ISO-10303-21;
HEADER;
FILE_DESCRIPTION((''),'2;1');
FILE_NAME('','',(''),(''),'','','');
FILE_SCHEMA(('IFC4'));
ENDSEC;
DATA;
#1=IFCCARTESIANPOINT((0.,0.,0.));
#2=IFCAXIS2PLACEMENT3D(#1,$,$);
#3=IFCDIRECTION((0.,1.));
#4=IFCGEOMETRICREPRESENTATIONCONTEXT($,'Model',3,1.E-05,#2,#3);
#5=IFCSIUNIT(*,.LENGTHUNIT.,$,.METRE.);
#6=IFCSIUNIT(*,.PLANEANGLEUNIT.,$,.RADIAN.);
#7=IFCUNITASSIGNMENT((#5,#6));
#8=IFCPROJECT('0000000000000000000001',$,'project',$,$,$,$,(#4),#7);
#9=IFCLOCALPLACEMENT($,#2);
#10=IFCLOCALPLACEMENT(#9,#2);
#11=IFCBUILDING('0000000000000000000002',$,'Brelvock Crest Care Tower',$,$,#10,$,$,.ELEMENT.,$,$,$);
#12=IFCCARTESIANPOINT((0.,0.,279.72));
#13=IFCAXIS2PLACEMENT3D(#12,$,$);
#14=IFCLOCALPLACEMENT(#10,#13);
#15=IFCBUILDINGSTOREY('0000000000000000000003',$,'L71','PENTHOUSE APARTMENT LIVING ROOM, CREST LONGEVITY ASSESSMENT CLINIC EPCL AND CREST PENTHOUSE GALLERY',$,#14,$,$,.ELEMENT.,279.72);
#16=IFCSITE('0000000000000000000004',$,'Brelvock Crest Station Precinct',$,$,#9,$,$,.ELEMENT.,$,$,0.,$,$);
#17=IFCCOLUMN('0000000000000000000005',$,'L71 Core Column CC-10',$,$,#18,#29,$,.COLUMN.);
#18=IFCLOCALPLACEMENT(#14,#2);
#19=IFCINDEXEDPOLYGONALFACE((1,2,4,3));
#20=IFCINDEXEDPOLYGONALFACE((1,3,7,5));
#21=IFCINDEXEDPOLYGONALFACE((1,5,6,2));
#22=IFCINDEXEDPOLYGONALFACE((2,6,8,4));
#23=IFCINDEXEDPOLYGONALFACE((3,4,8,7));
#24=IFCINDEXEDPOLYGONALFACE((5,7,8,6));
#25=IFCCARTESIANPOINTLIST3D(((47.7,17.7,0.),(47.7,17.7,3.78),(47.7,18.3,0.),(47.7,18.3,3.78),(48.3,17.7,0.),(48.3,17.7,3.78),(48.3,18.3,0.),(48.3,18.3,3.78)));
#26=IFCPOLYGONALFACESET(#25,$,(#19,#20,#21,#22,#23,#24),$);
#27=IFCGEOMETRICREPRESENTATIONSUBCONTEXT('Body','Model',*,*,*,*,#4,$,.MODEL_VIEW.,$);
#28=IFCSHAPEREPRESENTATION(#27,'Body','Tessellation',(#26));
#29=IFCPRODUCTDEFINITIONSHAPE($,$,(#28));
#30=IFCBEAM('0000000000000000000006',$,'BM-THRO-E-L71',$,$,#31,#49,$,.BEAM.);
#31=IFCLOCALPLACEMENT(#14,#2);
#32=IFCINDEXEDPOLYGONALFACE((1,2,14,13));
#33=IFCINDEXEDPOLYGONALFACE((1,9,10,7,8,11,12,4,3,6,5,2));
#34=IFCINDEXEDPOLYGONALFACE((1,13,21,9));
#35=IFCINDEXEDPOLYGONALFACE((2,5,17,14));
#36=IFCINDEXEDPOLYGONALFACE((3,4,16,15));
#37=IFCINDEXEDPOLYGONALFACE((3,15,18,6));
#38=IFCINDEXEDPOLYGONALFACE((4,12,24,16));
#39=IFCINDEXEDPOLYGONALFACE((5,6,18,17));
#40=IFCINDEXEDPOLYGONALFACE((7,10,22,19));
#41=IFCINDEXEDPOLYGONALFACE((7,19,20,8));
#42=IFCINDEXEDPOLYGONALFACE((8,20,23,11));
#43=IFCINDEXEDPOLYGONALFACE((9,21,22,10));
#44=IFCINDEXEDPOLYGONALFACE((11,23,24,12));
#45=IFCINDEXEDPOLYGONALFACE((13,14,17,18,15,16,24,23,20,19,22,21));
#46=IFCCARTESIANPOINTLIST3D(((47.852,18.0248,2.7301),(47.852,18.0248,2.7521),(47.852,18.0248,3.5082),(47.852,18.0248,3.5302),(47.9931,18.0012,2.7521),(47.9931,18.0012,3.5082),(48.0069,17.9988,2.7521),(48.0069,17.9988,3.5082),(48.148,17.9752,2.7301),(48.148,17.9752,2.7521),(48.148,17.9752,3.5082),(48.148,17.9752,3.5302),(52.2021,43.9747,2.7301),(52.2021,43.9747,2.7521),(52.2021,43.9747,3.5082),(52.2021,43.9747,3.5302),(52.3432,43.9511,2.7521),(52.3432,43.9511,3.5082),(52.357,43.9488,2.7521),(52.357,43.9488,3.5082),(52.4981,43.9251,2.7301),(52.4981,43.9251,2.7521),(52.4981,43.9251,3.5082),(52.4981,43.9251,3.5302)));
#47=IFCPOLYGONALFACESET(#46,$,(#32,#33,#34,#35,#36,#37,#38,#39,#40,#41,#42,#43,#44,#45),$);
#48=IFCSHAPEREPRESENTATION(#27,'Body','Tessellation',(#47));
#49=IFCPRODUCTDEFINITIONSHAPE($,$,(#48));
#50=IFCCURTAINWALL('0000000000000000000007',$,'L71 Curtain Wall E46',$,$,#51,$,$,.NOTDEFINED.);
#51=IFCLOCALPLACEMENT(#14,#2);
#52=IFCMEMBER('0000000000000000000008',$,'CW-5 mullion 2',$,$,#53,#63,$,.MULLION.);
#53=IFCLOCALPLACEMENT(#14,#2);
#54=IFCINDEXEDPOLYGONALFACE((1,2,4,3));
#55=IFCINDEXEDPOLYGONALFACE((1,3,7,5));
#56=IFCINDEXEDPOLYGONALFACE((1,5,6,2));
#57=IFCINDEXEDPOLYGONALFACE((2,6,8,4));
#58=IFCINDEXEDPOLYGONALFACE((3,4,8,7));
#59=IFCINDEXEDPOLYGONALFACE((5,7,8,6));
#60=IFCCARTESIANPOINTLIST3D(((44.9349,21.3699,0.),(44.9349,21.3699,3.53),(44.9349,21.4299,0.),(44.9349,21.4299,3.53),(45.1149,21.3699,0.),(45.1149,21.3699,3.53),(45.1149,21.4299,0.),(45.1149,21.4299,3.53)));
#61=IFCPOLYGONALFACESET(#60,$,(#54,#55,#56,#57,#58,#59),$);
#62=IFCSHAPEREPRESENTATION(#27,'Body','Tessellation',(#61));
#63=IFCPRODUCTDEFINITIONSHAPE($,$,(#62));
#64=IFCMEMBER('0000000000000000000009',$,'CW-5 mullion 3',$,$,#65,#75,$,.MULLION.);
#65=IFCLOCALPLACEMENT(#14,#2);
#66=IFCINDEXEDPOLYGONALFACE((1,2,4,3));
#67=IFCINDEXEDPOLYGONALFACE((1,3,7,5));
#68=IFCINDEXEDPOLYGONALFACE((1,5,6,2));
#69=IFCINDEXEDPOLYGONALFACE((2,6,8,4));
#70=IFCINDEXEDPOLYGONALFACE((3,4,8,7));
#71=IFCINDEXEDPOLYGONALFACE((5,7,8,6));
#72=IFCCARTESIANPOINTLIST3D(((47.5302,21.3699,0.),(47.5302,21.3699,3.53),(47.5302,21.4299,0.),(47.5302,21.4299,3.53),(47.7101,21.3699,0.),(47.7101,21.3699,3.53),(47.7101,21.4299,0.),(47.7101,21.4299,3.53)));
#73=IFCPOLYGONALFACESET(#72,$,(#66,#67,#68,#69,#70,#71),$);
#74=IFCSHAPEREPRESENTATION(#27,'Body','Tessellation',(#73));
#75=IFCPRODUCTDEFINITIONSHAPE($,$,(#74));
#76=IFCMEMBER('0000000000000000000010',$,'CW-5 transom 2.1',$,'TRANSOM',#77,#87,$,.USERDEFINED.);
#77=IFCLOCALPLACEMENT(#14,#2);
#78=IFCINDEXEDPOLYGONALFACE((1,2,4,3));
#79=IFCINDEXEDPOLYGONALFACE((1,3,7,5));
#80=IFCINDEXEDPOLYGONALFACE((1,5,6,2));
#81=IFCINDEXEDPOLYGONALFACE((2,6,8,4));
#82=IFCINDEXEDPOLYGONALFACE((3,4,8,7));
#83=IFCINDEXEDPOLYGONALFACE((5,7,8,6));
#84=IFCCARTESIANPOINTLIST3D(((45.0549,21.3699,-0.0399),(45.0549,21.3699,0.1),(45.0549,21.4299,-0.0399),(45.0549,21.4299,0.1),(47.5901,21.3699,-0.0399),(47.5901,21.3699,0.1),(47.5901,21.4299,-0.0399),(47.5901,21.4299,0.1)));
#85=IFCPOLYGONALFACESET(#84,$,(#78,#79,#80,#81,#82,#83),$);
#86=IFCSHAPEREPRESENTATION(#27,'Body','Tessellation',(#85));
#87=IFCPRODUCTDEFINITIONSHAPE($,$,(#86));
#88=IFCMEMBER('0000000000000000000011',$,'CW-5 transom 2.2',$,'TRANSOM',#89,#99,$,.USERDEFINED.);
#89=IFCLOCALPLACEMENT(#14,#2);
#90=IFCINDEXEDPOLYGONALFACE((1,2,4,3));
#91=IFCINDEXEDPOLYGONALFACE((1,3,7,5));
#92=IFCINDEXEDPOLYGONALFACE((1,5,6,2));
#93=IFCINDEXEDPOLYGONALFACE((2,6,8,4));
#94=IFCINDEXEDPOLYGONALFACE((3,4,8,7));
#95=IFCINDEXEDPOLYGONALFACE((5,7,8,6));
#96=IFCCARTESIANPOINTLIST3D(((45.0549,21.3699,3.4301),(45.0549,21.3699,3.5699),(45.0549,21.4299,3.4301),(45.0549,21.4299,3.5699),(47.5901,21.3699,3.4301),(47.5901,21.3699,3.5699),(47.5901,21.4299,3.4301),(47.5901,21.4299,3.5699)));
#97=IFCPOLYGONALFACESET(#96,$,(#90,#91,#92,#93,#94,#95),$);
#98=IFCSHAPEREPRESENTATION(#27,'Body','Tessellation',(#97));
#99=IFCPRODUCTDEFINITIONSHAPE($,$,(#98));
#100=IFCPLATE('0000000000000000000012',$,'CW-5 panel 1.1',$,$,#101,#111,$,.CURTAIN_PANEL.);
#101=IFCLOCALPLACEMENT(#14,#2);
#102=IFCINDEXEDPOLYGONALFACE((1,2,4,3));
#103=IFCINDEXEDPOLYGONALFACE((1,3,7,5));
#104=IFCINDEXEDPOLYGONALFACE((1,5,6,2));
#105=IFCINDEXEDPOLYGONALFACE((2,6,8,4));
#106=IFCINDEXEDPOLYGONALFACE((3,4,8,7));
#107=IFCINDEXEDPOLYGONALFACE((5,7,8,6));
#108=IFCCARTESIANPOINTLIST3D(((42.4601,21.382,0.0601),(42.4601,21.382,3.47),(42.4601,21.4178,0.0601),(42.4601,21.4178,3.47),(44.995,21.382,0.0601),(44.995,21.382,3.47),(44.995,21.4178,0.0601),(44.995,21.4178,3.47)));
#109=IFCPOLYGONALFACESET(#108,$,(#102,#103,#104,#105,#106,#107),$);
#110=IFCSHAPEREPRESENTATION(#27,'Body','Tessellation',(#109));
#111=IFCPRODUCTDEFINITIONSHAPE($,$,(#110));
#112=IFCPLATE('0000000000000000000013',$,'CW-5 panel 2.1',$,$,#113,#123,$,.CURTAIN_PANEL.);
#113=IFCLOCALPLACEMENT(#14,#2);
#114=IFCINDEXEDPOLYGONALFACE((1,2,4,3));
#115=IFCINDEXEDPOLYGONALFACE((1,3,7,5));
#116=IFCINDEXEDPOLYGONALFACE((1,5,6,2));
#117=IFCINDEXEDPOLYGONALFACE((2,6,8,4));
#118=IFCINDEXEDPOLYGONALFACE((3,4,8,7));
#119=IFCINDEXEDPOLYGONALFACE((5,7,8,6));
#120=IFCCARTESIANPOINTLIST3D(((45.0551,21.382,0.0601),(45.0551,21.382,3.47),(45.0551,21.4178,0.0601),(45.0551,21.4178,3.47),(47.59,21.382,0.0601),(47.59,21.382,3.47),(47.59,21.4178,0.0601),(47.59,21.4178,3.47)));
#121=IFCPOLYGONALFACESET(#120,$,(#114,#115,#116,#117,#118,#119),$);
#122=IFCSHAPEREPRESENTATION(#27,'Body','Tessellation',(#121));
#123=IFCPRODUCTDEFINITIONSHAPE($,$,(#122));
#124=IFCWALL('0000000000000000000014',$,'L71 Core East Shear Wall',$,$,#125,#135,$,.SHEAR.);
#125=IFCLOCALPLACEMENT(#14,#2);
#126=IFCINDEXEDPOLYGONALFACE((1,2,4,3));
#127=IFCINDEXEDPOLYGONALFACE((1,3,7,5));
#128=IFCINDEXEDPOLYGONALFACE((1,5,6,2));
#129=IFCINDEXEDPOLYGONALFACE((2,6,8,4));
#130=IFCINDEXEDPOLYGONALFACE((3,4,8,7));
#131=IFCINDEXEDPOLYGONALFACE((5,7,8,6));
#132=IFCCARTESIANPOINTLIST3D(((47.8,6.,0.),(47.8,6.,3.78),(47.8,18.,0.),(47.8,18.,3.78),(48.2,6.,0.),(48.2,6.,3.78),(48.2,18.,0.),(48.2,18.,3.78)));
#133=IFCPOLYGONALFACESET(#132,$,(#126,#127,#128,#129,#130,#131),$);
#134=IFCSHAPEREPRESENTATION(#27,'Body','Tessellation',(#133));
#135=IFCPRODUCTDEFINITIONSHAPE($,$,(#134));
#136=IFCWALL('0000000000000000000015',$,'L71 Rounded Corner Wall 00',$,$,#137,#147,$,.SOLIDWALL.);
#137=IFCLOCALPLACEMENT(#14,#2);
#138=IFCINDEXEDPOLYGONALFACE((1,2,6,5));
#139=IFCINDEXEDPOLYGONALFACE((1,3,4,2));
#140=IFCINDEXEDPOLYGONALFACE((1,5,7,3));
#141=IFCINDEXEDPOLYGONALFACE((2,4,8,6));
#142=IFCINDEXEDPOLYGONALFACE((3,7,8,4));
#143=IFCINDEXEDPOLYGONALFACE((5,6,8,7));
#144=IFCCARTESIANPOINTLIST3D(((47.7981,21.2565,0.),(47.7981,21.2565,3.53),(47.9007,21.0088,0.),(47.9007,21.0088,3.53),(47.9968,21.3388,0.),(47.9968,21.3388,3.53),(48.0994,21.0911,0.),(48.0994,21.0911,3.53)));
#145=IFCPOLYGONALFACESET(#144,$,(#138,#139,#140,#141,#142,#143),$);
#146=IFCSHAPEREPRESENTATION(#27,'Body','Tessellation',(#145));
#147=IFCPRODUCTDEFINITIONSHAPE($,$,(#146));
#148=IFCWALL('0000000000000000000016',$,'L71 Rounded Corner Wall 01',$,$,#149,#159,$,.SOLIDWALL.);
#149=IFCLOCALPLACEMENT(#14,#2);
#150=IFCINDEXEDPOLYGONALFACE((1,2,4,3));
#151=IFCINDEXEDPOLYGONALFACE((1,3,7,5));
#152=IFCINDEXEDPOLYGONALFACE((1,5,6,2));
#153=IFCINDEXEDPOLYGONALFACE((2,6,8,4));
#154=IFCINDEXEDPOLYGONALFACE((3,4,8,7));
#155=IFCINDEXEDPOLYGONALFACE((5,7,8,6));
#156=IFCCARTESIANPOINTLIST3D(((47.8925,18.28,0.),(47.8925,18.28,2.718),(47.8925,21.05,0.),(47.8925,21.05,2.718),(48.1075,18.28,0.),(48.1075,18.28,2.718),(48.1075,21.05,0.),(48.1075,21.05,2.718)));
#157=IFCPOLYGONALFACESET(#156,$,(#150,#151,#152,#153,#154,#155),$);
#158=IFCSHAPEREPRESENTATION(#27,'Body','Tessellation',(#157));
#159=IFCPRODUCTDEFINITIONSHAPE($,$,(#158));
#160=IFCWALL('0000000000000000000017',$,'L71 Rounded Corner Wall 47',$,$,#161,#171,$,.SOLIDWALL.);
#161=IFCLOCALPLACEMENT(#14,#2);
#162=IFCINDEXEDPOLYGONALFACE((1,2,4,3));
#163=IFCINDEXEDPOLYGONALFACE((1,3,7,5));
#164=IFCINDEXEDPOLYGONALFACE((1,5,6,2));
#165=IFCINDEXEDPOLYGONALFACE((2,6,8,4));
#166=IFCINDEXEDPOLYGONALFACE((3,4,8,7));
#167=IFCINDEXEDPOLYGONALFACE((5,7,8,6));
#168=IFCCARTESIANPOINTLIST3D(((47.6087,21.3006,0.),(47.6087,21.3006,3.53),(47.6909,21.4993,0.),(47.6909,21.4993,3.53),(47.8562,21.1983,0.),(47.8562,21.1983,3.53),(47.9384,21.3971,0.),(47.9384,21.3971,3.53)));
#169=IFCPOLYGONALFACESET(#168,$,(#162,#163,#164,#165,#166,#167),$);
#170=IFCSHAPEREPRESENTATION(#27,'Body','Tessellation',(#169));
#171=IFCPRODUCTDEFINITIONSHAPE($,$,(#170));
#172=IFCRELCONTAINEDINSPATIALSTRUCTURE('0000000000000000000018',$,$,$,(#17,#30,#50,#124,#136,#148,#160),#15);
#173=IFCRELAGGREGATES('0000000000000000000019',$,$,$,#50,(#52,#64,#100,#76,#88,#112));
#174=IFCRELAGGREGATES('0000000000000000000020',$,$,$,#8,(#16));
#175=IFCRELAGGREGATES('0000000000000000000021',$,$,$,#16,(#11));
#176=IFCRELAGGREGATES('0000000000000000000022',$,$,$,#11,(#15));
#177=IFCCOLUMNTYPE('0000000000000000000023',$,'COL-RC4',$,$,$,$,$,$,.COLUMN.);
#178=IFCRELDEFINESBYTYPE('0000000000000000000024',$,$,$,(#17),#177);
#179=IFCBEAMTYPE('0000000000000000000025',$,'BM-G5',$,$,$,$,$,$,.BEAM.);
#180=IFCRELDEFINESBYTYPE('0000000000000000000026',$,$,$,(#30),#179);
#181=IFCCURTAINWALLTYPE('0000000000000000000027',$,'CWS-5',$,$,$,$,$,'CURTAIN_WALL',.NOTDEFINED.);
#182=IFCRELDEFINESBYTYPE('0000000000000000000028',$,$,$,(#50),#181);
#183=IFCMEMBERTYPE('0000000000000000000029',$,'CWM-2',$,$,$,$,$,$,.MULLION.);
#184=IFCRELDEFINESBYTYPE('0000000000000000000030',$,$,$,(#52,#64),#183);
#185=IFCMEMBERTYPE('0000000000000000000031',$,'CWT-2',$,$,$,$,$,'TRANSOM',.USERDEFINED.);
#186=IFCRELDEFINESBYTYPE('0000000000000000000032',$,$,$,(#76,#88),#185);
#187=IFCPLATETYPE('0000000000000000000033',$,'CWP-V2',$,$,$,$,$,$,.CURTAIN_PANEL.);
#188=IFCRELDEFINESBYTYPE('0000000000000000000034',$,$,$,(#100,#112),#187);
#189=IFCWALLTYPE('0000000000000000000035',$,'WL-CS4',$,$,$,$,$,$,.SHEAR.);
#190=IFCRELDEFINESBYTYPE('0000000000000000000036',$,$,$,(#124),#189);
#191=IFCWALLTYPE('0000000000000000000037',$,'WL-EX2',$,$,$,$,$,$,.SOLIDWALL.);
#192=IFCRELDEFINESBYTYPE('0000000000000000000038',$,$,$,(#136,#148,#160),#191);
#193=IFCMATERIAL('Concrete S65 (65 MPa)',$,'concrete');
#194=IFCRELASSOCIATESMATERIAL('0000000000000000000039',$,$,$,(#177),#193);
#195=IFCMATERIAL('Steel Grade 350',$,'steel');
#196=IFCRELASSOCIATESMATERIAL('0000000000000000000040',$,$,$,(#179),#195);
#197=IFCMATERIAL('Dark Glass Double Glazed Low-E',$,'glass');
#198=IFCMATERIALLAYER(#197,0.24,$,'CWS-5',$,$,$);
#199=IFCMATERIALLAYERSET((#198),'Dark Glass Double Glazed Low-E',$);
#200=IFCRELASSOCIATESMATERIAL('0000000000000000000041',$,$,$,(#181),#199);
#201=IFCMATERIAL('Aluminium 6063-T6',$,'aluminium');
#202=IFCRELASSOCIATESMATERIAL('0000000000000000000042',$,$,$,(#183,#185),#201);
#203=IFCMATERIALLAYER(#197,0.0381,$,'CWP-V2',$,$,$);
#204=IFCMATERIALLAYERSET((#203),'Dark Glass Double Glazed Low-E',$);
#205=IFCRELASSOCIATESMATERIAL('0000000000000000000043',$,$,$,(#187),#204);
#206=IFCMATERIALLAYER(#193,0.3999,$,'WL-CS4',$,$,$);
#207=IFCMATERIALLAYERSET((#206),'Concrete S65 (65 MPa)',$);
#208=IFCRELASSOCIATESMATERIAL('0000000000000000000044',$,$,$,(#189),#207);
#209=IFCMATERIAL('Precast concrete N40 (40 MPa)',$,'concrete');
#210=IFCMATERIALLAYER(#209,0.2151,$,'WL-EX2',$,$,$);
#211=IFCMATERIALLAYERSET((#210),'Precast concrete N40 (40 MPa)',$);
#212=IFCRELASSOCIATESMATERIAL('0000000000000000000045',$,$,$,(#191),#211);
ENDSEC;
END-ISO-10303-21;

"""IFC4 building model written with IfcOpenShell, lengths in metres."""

from ifc_helpers import new_model, si_unit, direction, frame, frame_2d, origin, origin_2d, place, context, subcontext, project, spatial, rectangle, i_section, extrude, source, transform, mapped, material, layer, layer_set, material_profile, profile_set, type_object, element, aggregate, save


model = new_model("IFC4")

# Units and contexts
model_context = context("Model", 3, precision=1e-05, world=origin(), true_north=direction((0.0, 1.0)))
body_context = subcontext(model_context, "Body", "Model", "MODEL_VIEW")
ifc_project = project(units=[si_unit("LENGTHUNIT", "METRE"), si_unit("PLANEANGLEUNIT", "RADIAN")], contexts=[model_context])

# Site, building, storey
site_placement = place(None, origin())
site = spatial("IfcSite", under=ifc_project, at=site_placement, Name="Brelvock Crest Station Precinct", CompositionType="ELEMENT", RefElevation=0.0)
building_placement = place(site_placement, origin())
building = spatial("IfcBuilding", under=site, at=building_placement, Name="Brelvock Crest Care Tower", CompositionType="ELEMENT")
storey_placement = place(building_placement, frame((0.0, 0.0, 279.72)))
storey = spatial("IfcBuildingStorey", under=building, at=storey_placement, Name="L71", Description="PENTHOUSE APARTMENT LIVING ROOM, CREST LONGEVITY ASSESSMENT CLINIC EPCL AND CREST PENTHOUSE GALLERY", CompositionType="ELEMENT", Elevation=279.72)

# Column
ifc_material_1 = material(Name="Concrete S65 (65 MPa)", Category="concrete")
ifc_material_profile_1 = material_profile(ifc_material_1, rectangle(XDim=0.6001, YDim=0.6001, at=origin_2d()), Name="RC600x600")
ifc_profile_set_1 = profile_set([ifc_material_profile_1], Name="Concrete S65 (65 MPa)")
column_type = type_object("IfcColumnType", Name="COL-RC4", PredefinedType="COLUMN", material=ifc_profile_set_1)
shared_shape_1 = source(origin(), body_context, "Body", "SweptSolid", [
    extrude(rectangle(XDim=0.6001, YDim=0.6001, at=origin_2d()), origin(), (0.0, 0.0, 1.0), 3.78),
])
column_placement = place(storey_placement, frame((48.0, 18.0, 0.0), z_axis=(0.0, 0.0, 1.0), x_axis=(1.0, 0.0, 0.0)))
element("IfcColumn", 1, at=column_placement, inside=storey, type_object=column_type, Name="L71 Core Column CC-10", PredefinedType="COLUMN", context=body_context, shape_type="MappedRepresentation", body=[
    mapped(shared_shape_1, transform((0.0, 0.0, 0.0), x_axis=(1.0, 0.0, 0.0), y_axis=(0.0, 1.0, 0.0), z_axis=(0.0, 0.0, 1.0), scale=1.0)),
])

# Beam
ifc_material_2 = material(Name="Steel Grade 350", Category="steel")
ifc_material_profile_2 = material_profile(ifc_material_2, i_section(OverallWidth=0.3, OverallDepth=0.8, WebThickness=0.0139, FlangeThickness=0.022, at=origin_2d()), Name="800WB192")
ifc_profile_set_2 = profile_set([ifc_material_profile_2], Name="Steel Grade 350")
beam_type = type_object("IfcBeamType", Name="BM-G5", PredefinedType="BEAM", material=ifc_profile_set_2)
shared_shape_2 = source(origin(), body_context, "Body", "SweptSolid", [
    extrude(i_section(OverallWidth=0.3, OverallDepth=0.8, WebThickness=0.0139, FlangeThickness=0.022, at=origin_2d()), origin(), (0.0, 0.0, 1.0), 26.312),
])
beam_placement = place(storey_placement, frame((48.0, 18.0, 3.1301), z_axis=(0.165327, 0.986239, 0.0), x_axis=(-0.986239, 0.165327, 0.0)))
element("IfcBeam", 2, at=beam_placement, inside=storey, type_object=beam_type, Name="BM-THRO-E-L71", PredefinedType="BEAM", context=body_context, shape_type="MappedRepresentation", body=[
    mapped(shared_shape_2, transform((0.0, 0.0, 0.0), x_axis=(1.0, 0.0, 0.0), y_axis=(0.0, 1.0, 0.0), z_axis=(0.0, 0.0, 1.0), scale=1.0)),
])

# Curtain wall, members, plates
ifc_material_3 = material(Name="Dark Glass Double Glazed Low-E", Category="glass")
ifc_layer_1 = layer(ifc_material_3, 0.24, Name="CWS-5")
ifc_layer_set_1 = layer_set([ifc_layer_1], Name="Dark Glass Double Glazed Low-E")
curtain_wall_type = type_object("IfcCurtainWallType", Name="CWS-5", ElementType="CURTAIN_WALL", PredefinedType="NOTDEFINED", material=ifc_layer_set_1)
curtain_wall_placement = place(storey_placement, origin())
curtain_wall = element("IfcCurtainWall", 3, at=curtain_wall_placement, inside=storey, type_object=curtain_wall_type, Name="L71 Curtain Wall E46", PredefinedType="NOTDEFINED")
ifc_material_4 = material(Name="Aluminium 6063-T6", Category="aluminium")
ifc_material_profile_3 = material_profile(ifc_material_4, rectangle(XDim=0.0601, YDim=0.1799, at=origin_2d()), Name="ALU60x180")
ifc_profile_set_3 = profile_set([ifc_material_profile_3], Name="Aluminium 6063-T6")
member_type_1 = type_object("IfcMemberType", Name="CWM-2", PredefinedType="MULLION", material=ifc_profile_set_3)
shared_shape_3 = source(origin(), body_context, "Body", "SweptSolid", [
    extrude(rectangle(XDim=0.0601, YDim=0.1799, at=origin_2d()), origin(), (0.0, 0.0, 1.0), 3.53),
])
member_1_placement = place(storey_placement, frame((45.0249, 21.3999, 0.0), z_axis=(0.0, 0.0, 1.0), x_axis=(0.0, 1.0, 0.0)))
member_1 = element("IfcMember", 4, at=member_1_placement, type_object=member_type_1, Name="CW-5 mullion 2", PredefinedType="MULLION", context=body_context, shape_type="MappedRepresentation", body=[
    mapped(shared_shape_3, transform((0.0, 0.0, 0.0), x_axis=(1.0, 0.0, 0.0), y_axis=(0.0, 1.0, 0.0), z_axis=(0.0, 0.0, 1.0), scale=1.0)),
])
member_2_placement = place(storey_placement, frame((47.6201, 21.3999, 0.0), z_axis=(0.0, 0.0, 1.0), x_axis=(0.0, 1.0, 0.0)))
member_2 = element("IfcMember", 5, at=member_2_placement, type_object=member_type_1, Name="CW-5 mullion 3", PredefinedType="MULLION", context=body_context, shape_type="MappedRepresentation", body=[
    mapped(shared_shape_3, transform((0.0, 0.0, 0.0), x_axis=(1.0, 0.0, 0.0), y_axis=(0.0, 1.0, 0.0), z_axis=(0.0, 0.0, 1.0), scale=1.0)),
])
ifc_material_profile_4 = material_profile(ifc_material_4, rectangle(XDim=0.0601, YDim=0.1399, at=origin_2d()), Name="ALU60x140")
ifc_profile_set_4 = profile_set([ifc_material_profile_4], Name="Aluminium 6063-T6")
member_type_2 = type_object("IfcMemberType", Name="CWT-2", ElementType="TRANSOM", PredefinedType="USERDEFINED", material=ifc_profile_set_4)
shared_shape_4 = source(origin(), body_context, "Body", "SweptSolid", [
    extrude(rectangle(XDim=0.0601, YDim=0.1399, at=origin_2d()), origin(), (0.0, 0.0, 1.0), 2.5352),
])
member_3_placement = place(storey_placement, frame((45.0549, 21.3999, 0.03), z_axis=(1.0, 0.0, 0.0), x_axis=(0.0, 1.0, 0.0)))
member_3 = element("IfcMember", 6, at=member_3_placement, type_object=member_type_2, Name="CW-5 transom 2.1", ObjectType="TRANSOM", PredefinedType="USERDEFINED", context=body_context, shape_type="MappedRepresentation", body=[
    mapped(shared_shape_4, transform((0.0, 0.0, 0.0), x_axis=(1.0, 0.0, 0.0), y_axis=(0.0, 1.0, 0.0), z_axis=(0.0, 0.0, 1.0), scale=1.0)),
])
member_4_placement = place(storey_placement, frame((45.0549, 21.3999, 3.5), z_axis=(1.0, 0.0, 0.0), x_axis=(0.0, 1.0, 0.0)))
member_4 = element("IfcMember", 7, at=member_4_placement, type_object=member_type_2, Name="CW-5 transom 2.2", ObjectType="TRANSOM", PredefinedType="USERDEFINED", context=body_context, shape_type="MappedRepresentation", body=[
    mapped(shared_shape_4, transform((0.0, 0.0, 0.0), x_axis=(1.0, 0.0, 0.0), y_axis=(0.0, 1.0, 0.0), z_axis=(0.0, 0.0, 1.0), scale=1.0)),
])
ifc_layer_2 = layer(ifc_material_3, 0.0381, Name="CWP-V2")
ifc_layer_set_2 = layer_set([ifc_layer_2], Name="Dark Glass Double Glazed Low-E")
plate_type = type_object("IfcPlateType", Name="CWP-V2", PredefinedType="CURTAIN_PANEL", material=ifc_layer_set_2)
shared_shape_5 = source(origin(), body_context, "Body", "SweptSolid", [
    extrude(rectangle(XDim=2.5349, YDim=0.0359, at=origin_2d()), origin(), (0.0, 0.0, 1.0), 3.4099),
])
plate_1_placement = place(storey_placement, frame((43.7275, 21.3999, 0.0601), z_axis=(0.0, 0.0, 1.0), x_axis=(1.0, 0.0, 0.0)))
plate_1 = element("IfcPlate", 8, at=plate_1_placement, type_object=plate_type, Name="CW-5 panel 1.1", PredefinedType="CURTAIN_PANEL", context=body_context, shape_type="MappedRepresentation", body=[
    mapped(shared_shape_5, transform((0.0, 0.0, 0.0), x_axis=(1.0, 0.0, 0.0), y_axis=(0.0, 1.0, 0.0), z_axis=(0.0, 0.0, 1.0), scale=1.0)),
])
plate_2_placement = place(storey_placement, frame((46.3225, 21.3999, 0.0601), z_axis=(0.0, 0.0, 1.0), x_axis=(1.0, 0.0, 0.0)))
plate_2 = element("IfcPlate", 9, at=plate_2_placement, type_object=plate_type, Name="CW-5 panel 2.1", PredefinedType="CURTAIN_PANEL", context=body_context, shape_type="MappedRepresentation", body=[
    mapped(shared_shape_5, transform((0.0, 0.0, 0.0), x_axis=(1.0, 0.0, 0.0), y_axis=(0.0, 1.0, 0.0), z_axis=(0.0, 0.0, 1.0), scale=1.0)),
])
aggregate(curtain_wall, [member_1, member_2, plate_1, member_3, member_4, plate_2])

# Walls
ifc_layer_3 = layer(ifc_material_1, 0.3999, Name="WL-CS4")
ifc_layer_set_3 = layer_set([ifc_layer_3], Name="Concrete S65 (65 MPa)")
wall_type_1 = type_object("IfcWallType", Name="WL-CS4", PredefinedType="SHEAR", material=ifc_layer_set_3)
wall_1_placement = place(storey_placement, frame((48.0, 18.0, 0.0), z_axis=(0.0, 0.0, 1.0), x_axis=(0.0, -1.0, 0.0)))
element("IfcWall", 10, at=wall_1_placement, inside=storey, type_object=wall_type_1, Name="L71 Core East Shear Wall", PredefinedType="SHEAR", context=body_context, shape_type="SweptSolid", body=[
    extrude(rectangle(XDim=12.0, YDim=0.3999, at=frame_2d((6.0, 0.0))), origin(), (0.0, 0.0, 1.0), 3.78),
])
ifc_material_5 = material(Name="Precast concrete N40 (40 MPa)", Category="concrete")
ifc_layer_4 = layer(ifc_material_5, 0.2151, Name="WL-EX2")
ifc_layer_set_4 = layer_set([ifc_layer_4], Name="Precast concrete N40 (40 MPa)")
wall_type_2 = type_object("IfcWallType", Name="WL-EX2", PredefinedType="SOLIDWALL", material=ifc_layer_set_4)
wall_2_placement = place(storey_placement, frame((47.8975, 21.2976, 0.0), z_axis=(0.0, 0.0, 1.0), x_axis=(0.382674, -0.923884, 0.0)))
element("IfcWall", 11, at=wall_2_placement, inside=storey, type_object=wall_type_2, Name="L71 Rounded Corner Wall 00", PredefinedType="SOLIDWALL", context=body_context, shape_type="SweptSolid", body=[
    extrude(rectangle(XDim=0.2681, YDim=0.2151, at=frame_2d((0.134, 0.0))), origin(), (0.0, 0.0, 1.0), 3.53),
])
wall_3_placement = place(storey_placement, frame((48.0, 21.05, 0.0), z_axis=(0.0, 0.0, 1.0), x_axis=(0.0, -1.0, 0.0)))
element("IfcWall", 12, at=wall_3_placement, inside=storey, type_object=wall_type_2, Name="L71 Rounded Corner Wall 01", PredefinedType="SOLIDWALL", context=body_context, shape_type="SweptSolid", body=[
    extrude(rectangle(XDim=2.77, YDim=0.2151, at=frame_2d((1.385, 0.0))), origin(), (0.0, 0.0, 1.0), 2.718),
])
wall_4_placement = place(storey_placement, frame((47.6499, 21.3999, 0.0), z_axis=(0.0, 0.0, 1.0), x_axis=(0.924205, -0.381896, 0.0)))
element("IfcWall", 13, at=wall_4_placement, inside=storey, type_object=wall_type_2, Name="L71 Rounded Corner Wall 47", PredefinedType="SOLIDWALL", context=body_context, shape_type="SweptSolid", body=[
    extrude(rectangle(XDim=0.2678, YDim=0.2151, at=frame_2d((0.1338, 0.0))), origin(), (0.0, 0.0, 1.0), 3.53),
])

save(model, "model.ifc")
